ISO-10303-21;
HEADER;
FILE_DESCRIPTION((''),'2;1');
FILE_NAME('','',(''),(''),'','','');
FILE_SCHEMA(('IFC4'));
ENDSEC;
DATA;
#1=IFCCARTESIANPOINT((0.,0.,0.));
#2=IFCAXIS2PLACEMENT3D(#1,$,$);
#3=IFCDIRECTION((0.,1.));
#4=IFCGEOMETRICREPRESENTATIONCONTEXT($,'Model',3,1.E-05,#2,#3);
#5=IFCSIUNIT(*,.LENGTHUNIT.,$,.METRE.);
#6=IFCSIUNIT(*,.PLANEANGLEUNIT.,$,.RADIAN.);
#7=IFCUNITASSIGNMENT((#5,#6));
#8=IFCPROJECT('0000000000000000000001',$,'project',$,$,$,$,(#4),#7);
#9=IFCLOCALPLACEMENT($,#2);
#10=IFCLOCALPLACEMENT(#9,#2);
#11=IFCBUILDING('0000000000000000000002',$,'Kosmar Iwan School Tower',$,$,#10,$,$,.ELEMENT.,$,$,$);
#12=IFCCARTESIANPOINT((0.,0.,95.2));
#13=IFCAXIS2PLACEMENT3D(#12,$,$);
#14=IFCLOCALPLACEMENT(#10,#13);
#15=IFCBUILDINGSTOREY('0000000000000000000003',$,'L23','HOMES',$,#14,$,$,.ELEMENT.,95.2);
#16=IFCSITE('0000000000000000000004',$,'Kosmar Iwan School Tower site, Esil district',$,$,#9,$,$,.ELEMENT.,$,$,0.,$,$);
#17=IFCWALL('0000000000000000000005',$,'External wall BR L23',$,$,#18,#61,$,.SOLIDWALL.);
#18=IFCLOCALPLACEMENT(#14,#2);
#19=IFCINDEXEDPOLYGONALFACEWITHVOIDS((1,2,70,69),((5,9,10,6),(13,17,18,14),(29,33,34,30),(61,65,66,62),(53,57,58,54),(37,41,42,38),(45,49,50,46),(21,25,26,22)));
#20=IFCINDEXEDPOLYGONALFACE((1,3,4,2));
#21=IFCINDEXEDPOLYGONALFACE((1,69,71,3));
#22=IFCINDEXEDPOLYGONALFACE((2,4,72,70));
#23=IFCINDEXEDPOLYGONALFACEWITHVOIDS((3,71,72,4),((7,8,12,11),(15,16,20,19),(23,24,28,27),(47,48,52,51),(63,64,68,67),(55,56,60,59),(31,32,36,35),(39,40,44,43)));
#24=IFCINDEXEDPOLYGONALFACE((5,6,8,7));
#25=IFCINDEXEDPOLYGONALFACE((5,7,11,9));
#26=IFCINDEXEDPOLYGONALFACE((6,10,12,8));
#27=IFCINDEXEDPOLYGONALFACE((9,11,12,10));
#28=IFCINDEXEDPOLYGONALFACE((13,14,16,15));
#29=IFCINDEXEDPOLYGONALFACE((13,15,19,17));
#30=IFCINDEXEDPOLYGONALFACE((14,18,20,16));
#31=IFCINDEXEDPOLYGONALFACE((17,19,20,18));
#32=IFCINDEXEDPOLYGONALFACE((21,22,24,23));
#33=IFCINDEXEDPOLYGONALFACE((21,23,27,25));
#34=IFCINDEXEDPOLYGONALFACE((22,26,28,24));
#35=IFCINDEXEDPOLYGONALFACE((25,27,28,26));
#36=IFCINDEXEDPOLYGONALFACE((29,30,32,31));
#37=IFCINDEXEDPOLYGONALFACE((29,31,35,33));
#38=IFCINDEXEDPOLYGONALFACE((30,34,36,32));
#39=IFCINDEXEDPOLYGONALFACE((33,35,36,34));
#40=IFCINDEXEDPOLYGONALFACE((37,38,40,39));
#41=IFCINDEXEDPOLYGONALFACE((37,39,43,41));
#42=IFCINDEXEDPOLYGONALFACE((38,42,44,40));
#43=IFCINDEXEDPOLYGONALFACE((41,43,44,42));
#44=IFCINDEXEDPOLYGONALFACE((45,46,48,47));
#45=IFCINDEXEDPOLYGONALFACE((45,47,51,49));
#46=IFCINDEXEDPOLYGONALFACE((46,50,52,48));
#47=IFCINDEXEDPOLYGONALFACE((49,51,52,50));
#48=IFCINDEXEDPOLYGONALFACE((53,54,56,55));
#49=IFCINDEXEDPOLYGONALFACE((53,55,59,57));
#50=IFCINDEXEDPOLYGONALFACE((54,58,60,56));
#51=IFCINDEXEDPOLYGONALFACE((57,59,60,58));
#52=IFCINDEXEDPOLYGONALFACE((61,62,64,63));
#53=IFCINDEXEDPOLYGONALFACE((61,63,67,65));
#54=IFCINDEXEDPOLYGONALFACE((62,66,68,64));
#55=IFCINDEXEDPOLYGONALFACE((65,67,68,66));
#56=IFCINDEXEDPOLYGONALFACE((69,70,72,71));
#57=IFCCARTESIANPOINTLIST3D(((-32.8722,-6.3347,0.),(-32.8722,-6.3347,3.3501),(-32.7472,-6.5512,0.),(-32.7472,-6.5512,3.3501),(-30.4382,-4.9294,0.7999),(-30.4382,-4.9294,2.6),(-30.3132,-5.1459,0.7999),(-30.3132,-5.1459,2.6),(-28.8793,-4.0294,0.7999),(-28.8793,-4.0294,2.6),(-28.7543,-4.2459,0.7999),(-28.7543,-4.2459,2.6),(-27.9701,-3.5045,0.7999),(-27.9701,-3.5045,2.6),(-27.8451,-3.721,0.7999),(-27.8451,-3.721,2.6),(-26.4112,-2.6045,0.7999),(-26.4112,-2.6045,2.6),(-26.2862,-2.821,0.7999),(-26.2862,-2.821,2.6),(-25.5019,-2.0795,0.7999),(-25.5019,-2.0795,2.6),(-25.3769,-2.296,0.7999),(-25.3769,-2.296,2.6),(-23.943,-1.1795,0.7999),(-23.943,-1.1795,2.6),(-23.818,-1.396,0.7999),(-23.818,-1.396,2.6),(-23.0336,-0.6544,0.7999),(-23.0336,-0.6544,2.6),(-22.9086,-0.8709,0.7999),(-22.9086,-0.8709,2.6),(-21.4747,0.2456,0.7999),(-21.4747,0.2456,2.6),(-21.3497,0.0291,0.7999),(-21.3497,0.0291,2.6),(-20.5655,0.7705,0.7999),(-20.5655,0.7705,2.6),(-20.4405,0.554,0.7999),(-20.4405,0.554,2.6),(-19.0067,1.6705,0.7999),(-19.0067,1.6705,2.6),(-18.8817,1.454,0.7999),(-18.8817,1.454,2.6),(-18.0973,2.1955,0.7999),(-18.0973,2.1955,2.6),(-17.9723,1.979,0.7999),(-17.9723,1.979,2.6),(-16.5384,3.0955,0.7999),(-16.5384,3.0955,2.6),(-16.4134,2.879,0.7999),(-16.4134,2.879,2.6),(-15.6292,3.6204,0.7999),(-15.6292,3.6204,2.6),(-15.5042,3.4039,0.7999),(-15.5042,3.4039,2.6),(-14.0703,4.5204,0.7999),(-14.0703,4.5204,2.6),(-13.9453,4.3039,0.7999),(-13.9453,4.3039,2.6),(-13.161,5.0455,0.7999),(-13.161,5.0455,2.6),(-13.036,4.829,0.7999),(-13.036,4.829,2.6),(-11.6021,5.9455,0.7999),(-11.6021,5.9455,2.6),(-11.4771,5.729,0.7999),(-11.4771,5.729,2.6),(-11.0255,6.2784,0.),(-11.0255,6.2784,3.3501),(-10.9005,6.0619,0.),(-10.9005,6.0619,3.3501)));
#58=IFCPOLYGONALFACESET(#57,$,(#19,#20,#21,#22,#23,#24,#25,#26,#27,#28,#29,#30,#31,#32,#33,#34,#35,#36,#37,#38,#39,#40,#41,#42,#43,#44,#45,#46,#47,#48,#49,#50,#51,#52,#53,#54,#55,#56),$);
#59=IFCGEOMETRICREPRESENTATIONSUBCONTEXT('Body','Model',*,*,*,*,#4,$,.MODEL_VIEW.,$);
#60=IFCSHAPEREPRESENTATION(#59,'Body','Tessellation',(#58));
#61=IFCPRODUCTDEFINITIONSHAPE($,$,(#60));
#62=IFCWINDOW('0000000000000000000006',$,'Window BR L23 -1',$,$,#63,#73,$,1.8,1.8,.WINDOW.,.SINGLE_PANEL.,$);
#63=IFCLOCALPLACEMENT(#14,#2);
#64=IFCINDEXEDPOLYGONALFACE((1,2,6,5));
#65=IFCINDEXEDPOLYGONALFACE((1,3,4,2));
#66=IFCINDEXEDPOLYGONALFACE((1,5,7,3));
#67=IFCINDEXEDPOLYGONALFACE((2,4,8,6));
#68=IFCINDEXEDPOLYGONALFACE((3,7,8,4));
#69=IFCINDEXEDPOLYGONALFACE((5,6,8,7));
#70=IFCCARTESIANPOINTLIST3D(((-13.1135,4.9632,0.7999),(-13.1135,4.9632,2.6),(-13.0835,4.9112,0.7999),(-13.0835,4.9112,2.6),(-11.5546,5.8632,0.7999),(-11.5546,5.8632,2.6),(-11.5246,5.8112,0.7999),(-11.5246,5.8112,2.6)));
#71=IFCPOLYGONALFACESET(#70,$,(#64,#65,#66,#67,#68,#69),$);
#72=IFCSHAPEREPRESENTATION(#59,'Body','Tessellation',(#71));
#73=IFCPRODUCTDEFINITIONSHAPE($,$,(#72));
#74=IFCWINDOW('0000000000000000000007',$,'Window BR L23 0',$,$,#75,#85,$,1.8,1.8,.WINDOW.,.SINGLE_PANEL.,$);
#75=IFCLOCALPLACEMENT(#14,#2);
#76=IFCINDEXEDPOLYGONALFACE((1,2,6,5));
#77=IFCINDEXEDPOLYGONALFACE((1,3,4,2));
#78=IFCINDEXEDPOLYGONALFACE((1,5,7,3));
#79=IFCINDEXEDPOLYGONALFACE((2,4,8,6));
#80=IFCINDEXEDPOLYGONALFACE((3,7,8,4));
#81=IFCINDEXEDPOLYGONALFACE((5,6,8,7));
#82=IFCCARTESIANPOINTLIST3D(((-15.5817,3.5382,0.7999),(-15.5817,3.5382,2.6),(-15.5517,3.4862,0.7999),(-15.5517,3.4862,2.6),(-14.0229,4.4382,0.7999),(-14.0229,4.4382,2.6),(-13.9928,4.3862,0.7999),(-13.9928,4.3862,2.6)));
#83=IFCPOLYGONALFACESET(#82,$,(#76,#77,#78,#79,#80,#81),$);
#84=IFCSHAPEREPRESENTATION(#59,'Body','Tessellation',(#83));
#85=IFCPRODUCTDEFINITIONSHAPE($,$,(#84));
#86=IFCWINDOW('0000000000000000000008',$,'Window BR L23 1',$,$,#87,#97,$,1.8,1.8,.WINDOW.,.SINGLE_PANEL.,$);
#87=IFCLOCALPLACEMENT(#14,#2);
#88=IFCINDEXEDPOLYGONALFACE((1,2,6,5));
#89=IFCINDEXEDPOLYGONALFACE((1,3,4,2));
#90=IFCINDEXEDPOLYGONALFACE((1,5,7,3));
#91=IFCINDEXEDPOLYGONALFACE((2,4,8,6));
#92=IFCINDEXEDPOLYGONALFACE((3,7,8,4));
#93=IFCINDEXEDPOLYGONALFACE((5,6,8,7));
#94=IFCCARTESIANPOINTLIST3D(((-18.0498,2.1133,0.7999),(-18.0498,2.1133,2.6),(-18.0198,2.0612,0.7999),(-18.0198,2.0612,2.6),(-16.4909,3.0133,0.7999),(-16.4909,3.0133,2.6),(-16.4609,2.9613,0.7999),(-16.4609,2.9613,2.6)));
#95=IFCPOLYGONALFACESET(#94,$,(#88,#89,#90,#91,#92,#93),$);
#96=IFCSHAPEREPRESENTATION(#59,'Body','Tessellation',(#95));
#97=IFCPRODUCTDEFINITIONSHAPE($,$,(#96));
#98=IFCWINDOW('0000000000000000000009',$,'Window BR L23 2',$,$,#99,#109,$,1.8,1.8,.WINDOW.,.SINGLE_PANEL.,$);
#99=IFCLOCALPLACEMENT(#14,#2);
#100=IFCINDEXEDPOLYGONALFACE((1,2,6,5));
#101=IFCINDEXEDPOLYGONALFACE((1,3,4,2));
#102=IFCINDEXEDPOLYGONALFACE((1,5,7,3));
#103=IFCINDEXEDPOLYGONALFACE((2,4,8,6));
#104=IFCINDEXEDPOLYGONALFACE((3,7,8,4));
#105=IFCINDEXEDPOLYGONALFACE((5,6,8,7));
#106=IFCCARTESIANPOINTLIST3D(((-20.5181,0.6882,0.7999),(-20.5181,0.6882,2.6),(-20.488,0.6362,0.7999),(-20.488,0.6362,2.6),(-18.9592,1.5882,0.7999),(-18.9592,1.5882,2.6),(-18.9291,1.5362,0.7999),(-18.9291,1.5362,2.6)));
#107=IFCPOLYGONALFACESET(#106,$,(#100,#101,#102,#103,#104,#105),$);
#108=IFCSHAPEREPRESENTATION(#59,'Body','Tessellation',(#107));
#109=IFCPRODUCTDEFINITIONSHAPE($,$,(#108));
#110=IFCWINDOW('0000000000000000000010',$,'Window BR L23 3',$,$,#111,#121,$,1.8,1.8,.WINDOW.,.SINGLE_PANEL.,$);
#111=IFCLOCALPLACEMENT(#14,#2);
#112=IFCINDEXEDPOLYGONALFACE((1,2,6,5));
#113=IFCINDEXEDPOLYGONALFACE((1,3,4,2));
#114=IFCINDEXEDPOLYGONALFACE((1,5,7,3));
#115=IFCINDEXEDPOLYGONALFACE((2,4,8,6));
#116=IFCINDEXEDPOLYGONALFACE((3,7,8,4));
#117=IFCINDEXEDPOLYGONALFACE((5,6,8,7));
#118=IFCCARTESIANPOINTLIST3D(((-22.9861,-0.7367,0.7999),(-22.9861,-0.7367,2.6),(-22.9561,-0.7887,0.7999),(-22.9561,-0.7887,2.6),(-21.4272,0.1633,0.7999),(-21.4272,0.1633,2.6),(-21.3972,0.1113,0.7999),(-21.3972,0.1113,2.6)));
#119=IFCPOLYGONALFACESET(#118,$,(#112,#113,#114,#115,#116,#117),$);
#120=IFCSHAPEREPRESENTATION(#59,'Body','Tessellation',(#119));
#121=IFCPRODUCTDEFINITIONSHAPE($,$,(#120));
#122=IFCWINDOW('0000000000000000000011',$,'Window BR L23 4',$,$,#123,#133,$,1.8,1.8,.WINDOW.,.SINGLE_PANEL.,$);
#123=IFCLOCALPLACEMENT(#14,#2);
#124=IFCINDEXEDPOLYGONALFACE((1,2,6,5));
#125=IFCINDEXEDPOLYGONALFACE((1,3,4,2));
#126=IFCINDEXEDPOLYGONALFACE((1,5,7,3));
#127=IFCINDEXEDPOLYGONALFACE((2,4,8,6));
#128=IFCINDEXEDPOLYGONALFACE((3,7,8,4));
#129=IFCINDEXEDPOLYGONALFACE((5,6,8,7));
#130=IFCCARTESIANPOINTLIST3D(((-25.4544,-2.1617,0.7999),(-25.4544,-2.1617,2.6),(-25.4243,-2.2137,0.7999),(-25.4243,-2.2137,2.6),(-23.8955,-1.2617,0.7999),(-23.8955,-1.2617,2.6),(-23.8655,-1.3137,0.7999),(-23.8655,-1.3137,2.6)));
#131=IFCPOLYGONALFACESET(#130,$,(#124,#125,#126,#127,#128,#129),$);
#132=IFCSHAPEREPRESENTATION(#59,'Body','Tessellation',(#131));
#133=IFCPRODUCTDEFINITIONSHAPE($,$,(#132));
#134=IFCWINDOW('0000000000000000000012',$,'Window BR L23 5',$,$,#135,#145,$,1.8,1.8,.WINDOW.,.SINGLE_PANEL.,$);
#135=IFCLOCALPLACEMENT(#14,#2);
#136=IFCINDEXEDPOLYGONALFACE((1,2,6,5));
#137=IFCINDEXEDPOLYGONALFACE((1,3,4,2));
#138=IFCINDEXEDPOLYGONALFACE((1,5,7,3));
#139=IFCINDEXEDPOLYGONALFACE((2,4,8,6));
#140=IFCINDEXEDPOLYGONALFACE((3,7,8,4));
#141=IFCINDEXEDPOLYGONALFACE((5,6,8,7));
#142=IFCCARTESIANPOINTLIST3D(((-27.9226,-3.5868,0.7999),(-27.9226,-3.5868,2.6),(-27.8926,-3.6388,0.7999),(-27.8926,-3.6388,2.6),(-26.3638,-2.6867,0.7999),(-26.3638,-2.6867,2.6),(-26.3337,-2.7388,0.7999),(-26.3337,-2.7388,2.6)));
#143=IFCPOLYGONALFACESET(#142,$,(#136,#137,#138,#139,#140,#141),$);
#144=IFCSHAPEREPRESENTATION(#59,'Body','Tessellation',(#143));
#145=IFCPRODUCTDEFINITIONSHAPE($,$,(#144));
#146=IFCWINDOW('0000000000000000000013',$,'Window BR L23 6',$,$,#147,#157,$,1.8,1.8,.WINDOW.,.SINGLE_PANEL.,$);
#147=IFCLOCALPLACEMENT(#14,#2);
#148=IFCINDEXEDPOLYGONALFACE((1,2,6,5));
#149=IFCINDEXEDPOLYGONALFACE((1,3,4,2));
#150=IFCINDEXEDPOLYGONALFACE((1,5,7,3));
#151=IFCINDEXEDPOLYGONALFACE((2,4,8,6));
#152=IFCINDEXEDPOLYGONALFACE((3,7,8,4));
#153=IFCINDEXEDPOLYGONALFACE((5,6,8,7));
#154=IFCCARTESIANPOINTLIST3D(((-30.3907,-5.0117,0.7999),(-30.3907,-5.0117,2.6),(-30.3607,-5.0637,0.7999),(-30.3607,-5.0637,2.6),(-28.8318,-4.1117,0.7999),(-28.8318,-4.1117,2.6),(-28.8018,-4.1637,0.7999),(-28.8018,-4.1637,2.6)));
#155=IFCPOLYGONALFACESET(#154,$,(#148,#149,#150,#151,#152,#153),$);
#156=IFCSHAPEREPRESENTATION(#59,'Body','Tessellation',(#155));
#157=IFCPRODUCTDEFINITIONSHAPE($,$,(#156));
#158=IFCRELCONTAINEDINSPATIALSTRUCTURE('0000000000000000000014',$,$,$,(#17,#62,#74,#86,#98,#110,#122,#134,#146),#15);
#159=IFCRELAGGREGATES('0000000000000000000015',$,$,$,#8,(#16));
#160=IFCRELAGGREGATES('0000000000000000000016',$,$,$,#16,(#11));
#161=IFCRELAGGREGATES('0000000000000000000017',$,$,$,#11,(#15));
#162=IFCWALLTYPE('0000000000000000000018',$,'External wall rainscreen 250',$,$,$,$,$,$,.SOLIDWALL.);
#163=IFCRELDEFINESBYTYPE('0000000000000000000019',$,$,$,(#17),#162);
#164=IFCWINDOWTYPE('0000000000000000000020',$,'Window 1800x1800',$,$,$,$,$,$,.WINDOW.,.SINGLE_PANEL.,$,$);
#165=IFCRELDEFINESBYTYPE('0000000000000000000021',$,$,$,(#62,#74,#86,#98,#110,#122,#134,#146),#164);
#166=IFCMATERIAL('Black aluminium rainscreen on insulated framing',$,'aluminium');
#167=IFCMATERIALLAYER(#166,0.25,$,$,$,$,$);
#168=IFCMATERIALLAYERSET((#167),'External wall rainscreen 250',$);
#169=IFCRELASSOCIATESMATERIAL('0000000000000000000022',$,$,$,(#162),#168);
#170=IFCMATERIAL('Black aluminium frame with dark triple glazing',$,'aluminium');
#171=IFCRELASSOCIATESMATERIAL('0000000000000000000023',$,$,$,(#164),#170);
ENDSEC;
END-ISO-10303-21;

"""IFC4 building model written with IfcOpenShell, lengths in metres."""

from ifc_helpers import new_model, si_unit, direction, frame, frame_2d, origin, place, context, subcontext, project, spatial, rectangle, extrude, material, layer, layer_set, type_object, element, fill, save


model = new_model("IFC4")

# Units and contexts
model_context = context("Model", 3, precision=1e-05, world=origin(), true_north=direction((0.0, 1.0)))
body_context = subcontext(model_context, "Body", "Model", "MODEL_VIEW")
ifc_project = project(units=[si_unit("LENGTHUNIT", "METRE"), si_unit("PLANEANGLEUNIT", "RADIAN")], contexts=[model_context])

# Site, building, storey
site_placement = place(None, origin())
site = spatial("IfcSite", under=ifc_project, at=site_placement, Name="Kosmar Iwan School Tower site, Esil district", CompositionType="ELEMENT", RefElevation=0.0)
building_placement = place(site_placement, origin())
building = spatial("IfcBuilding", under=site, at=building_placement, Name="Kosmar Iwan School Tower", CompositionType="ELEMENT")
storey_placement = place(building_placement, frame((0.0, 0.0, 95.2)))
storey = spatial("IfcBuildingStorey", under=building, at=storey_placement, Name="L23", Description="HOMES", CompositionType="ELEMENT", Elevation=95.2)

# Wall, openings, windows
ifc_material_1 = material(Name="Black aluminium rainscreen on insulated framing", Category="aluminium")
ifc_layer = layer(ifc_material_1, 0.25)
ifc_layer_set = layer_set([ifc_layer], Name="External wall rainscreen 250")
wall_type = type_object("IfcWallType", Name="External wall rainscreen 250", PredefinedType="SOLIDWALL", material=ifc_layer_set)
ifc_material_2 = material(Name="Black aluminium frame with dark triple glazing", Category="aluminium")
window_type = type_object("IfcWindowType", Name="Window 1800x1800", PartitioningType="SINGLE_PANEL", PredefinedType="WINDOW", material=ifc_material_2)
wall_1_placement = place(storey_placement, frame((-10.9629, 6.1702, 0.0), z_axis=(0.0, 0.0, 1.0), x_axis=(-0.866028, -0.499996, 0.0)))
wall_1 = element("IfcWall", 1, at=wall_1_placement, inside=storey, type_object=wall_type, Name="External wall BR L23", PredefinedType="SOLIDWALL", context=body_context, shape_type="SweptSolid", body=[
    extrude(rectangle(XDim=25.2263, YDim=0.25, at=frame_2d((12.6133, 0.0))), origin(), (0.0, 0.0, 1.0), 3.3501),
])
opening_1_placement = place(wall_1_placement, frame((0.666, 0.0, 0.8)))
opening_1 = element("IfcOpeningElement", 2, at=opening_1_placement, cuts=wall_1, PredefinedType="OPENING", context=body_context, shape_type="SweptSolid", body=[
    extrude(rectangle(XDim=1.8, YDim=1.8, at=frame_2d((0.8999, 0.8999))), frame((0.0, 0.137, 0.0), z_axis=(0.0, -1.0, 0.0), x_axis=(1.0, 0.0, 0.0)), (0.0, 0.0, 1.0), 0.2739),
])
opening_2_placement = place(wall_1_placement, frame((3.5161, 0.0, 0.8)))
opening_2 = element("IfcOpeningElement", 3, at=opening_2_placement, cuts=wall_1, PredefinedType="OPENING", context=body_context, shape_type="SweptSolid", body=[
    extrude(rectangle(XDim=1.8, YDim=1.8, at=frame_2d((0.8999, 0.8999))), frame((0.0, 0.137, 0.0), z_axis=(0.0, -1.0, 0.0), x_axis=(1.0, 0.0, 0.0)), (0.0, 0.0, 1.0), 0.2739),
])
opening_3_placement = place(wall_1_placement, frame((6.366, 0.0, 0.8)))
opening_3 = element("IfcOpeningElement", 4, at=opening_3_placement, cuts=wall_1, PredefinedType="OPENING", context=body_context, shape_type="SweptSolid", body=[
    extrude(rectangle(XDim=1.8, YDim=1.8, at=frame_2d((0.8999, 0.8999))), frame((0.0, 0.137, 0.0), z_axis=(0.0, -1.0, 0.0), x_axis=(1.0, 0.0, 0.0)), (0.0, 0.0, 1.0), 0.2739),
])
opening_4_placement = place(wall_1_placement, frame((9.2161, 0.0, 0.8)))
opening_4 = element("IfcOpeningElement", 5, at=opening_4_placement, cuts=wall_1, PredefinedType="OPENING", context=body_context, shape_type="SweptSolid", body=[
    extrude(rectangle(XDim=1.8, YDim=1.8, at=frame_2d((0.8999, 0.8999))), frame((0.0, 0.137, 0.0), z_axis=(0.0, -1.0, 0.0), x_axis=(1.0, 0.0, 0.0)), (0.0, 0.0, 1.0), 0.2739),
])
opening_5_placement = place(wall_1_placement, frame((12.0659, 0.0, 0.8)))
opening_5 = element("IfcOpeningElement", 6, at=opening_5_placement, cuts=wall_1, PredefinedType="OPENING", context=body_context, shape_type="SweptSolid", body=[
    extrude(rectangle(XDim=1.8, YDim=1.8, at=frame_2d((0.8999, 0.8999))), frame((0.0, 0.137, 0.0), z_axis=(0.0, -1.0, 0.0), x_axis=(1.0, 0.0, 0.0)), (0.0, 0.0, 1.0), 0.2739),
])
opening_6_placement = place(wall_1_placement, frame((14.916, 0.0, 0.8)))
opening_6 = element("IfcOpeningElement", 7, at=opening_6_placement, cuts=wall_1, PredefinedType="OPENING", context=body_context, shape_type="SweptSolid", body=[
    extrude(rectangle(XDim=1.8, YDim=1.8, at=frame_2d((0.8999, 0.8999))), frame((0.0, 0.137, 0.0), z_axis=(0.0, -1.0, 0.0), x_axis=(1.0, 0.0, 0.0)), (0.0, 0.0, 1.0), 0.2739),
])
opening_7_placement = place(wall_1_placement, frame((17.7661, 0.0, 0.8)))
opening_7 = element("IfcOpeningElement", 8, at=opening_7_placement, cuts=wall_1, PredefinedType="OPENING", context=body_context, shape_type="SweptSolid", body=[
    extrude(rectangle(XDim=1.8, YDim=1.8, at=frame_2d((0.8999, 0.8999))), frame((0.0, 0.137, 0.0), z_axis=(0.0, -1.0, 0.0), x_axis=(1.0, 0.0, 0.0)), (0.0, 0.0, 1.0), 0.2739),
])
opening_8_placement = place(wall_1_placement, frame((20.616, 0.0, 0.8)))
opening_8 = element("IfcOpeningElement", 9, at=opening_8_placement, cuts=wall_1, PredefinedType="OPENING", context=body_context, shape_type="SweptSolid", body=[
    extrude(rectangle(XDim=1.8, YDim=1.8, at=frame_2d((0.8999, 0.8999))), frame((0.0, 0.137, 0.0), z_axis=(0.0, -1.0, 0.0), x_axis=(1.0, 0.0, 0.0)), (0.0, 0.0, 1.0), 0.2739),
])
window_1_placement = place(opening_1_placement, origin())
window_1 = element("IfcWindow", 10, at=window_1_placement, inside=storey, type_object=window_type, Name="Window BR L23 -1", OverallHeight=1.8, OverallWidth=1.8, PartitioningType="SINGLE_PANEL", PredefinedType="WINDOW", context=body_context, shape_type="SweptSolid", body=[
    extrude(rectangle(XDim=1.8, YDim=1.8, at=frame_2d((0.8999, 0.8999))), frame((0.0, 0.03, 0.0), z_axis=(0.0, -1.0, 0.0), x_axis=(1.0, 0.0, 0.0)), (0.0, 0.0, 1.0), 0.0601),
])
fill(opening_1, window_1)
window_2_placement = place(opening_2_placement, origin())
window_2 = element("IfcWindow", 11, at=window_2_placement, inside=storey, type_object=window_type, Name="Window BR L23 0", OverallHeight=1.8, OverallWidth=1.8, PartitioningType="SINGLE_PANEL", PredefinedType="WINDOW", context=body_context, shape_type="SweptSolid", body=[
    extrude(rectangle(XDim=1.8, YDim=1.8, at=frame_2d((0.8999, 0.8999))), frame((0.0, 0.03, 0.0), z_axis=(0.0, -1.0, 0.0), x_axis=(1.0, 0.0, 0.0)), (0.0, 0.0, 1.0), 0.0601),
])
fill(opening_2, window_2)
window_3_placement = place(opening_3_placement, origin())
window_3 = element("IfcWindow", 12, at=window_3_placement, inside=storey, type_object=window_type, Name="Window BR L23 1", OverallHeight=1.8, OverallWidth=1.8, PartitioningType="SINGLE_PANEL", PredefinedType="WINDOW", context=body_context, shape_type="SweptSolid", body=[
    extrude(rectangle(XDim=1.8, YDim=1.8, at=frame_2d((0.8999, 0.8999))), frame((0.0, 0.03, 0.0), z_axis=(0.0, -1.0, 0.0), x_axis=(1.0, 0.0, 0.0)), (0.0, 0.0, 1.0), 0.0601),
])
fill(opening_3, window_3)
window_4_placement = place(opening_4_placement, origin())
window_4 = element("IfcWindow", 13, at=window_4_placement, inside=storey, type_object=window_type, Name="Window BR L23 2", OverallHeight=1.8, OverallWidth=1.8, PartitioningType="SINGLE_PANEL", PredefinedType="WINDOW", context=body_context, shape_type="SweptSolid", body=[
    extrude(rectangle(XDim=1.8, YDim=1.8, at=frame_2d((0.8999, 0.8999))), frame((0.0, 0.03, 0.0), z_axis=(0.0, -1.0, 0.0), x_axis=(1.0, 0.0, 0.0)), (0.0, 0.0, 1.0), 0.0601),
])
fill(opening_4, window_4)
window_5_placement = place(opening_5_placement, origin())
window_5 = element("IfcWindow", 14, at=window_5_placement, inside=storey, type_object=window_type, Name="Window BR L23 3", OverallHeight=1.8, OverallWidth=1.8, PartitioningType="SINGLE_PANEL", PredefinedType="WINDOW", context=body_context, shape_type="SweptSolid", body=[
    extrude(rectangle(XDim=1.8, YDim=1.8, at=frame_2d((0.8999, 0.8999))), frame((0.0, 0.03, 0.0), z_axis=(0.0, -1.0, 0.0), x_axis=(1.0, 0.0, 0.0)), (0.0, 0.0, 1.0), 0.0601),
])
fill(opening_5, window_5)
window_6_placement = place(opening_6_placement, origin())
window_6 = element("IfcWindow", 15, at=window_6_placement, inside=storey, type_object=window_type, Name="Window BR L23 4", OverallHeight=1.8, OverallWidth=1.8, PartitioningType="SINGLE_PANEL", PredefinedType="WINDOW", context=body_context, shape_type="SweptSolid", body=[
    extrude(rectangle(XDim=1.8, YDim=1.8, at=frame_2d((0.8999, 0.8999))), frame((0.0, 0.03, 0.0), z_axis=(0.0, -1.0, 0.0), x_axis=(1.0, 0.0, 0.0)), (0.0, 0.0, 1.0), 0.0601),
])
fill(opening_6, window_6)
window_7_placement = place(opening_7_placement, origin())
window_7 = element("IfcWindow", 16, at=window_7_placement, inside=storey, type_object=window_type, Name="Window BR L23 5", OverallHeight=1.8, OverallWidth=1.8, PartitioningType="SINGLE_PANEL", PredefinedType="WINDOW", context=body_context, shape_type="SweptSolid", body=[
    extrude(rectangle(XDim=1.8, YDim=1.8, at=frame_2d((0.8999, 0.8999))), frame((0.0, 0.03, 0.0), z_axis=(0.0, -1.0, 0.0), x_axis=(1.0, 0.0, 0.0)), (0.0, 0.0, 1.0), 0.0601),
])
fill(opening_7, window_7)
window_8_placement = place(opening_8_placement, origin())
window_8 = element("IfcWindow", 17, at=window_8_placement, inside=storey, type_object=window_type, Name="Window BR L23 6", OverallHeight=1.8, OverallWidth=1.8, PartitioningType="SINGLE_PANEL", PredefinedType="WINDOW", context=body_context, shape_type="SweptSolid", body=[
    extrude(rectangle(XDim=1.8, YDim=1.8, at=frame_2d((0.8999, 0.8999))), frame((0.0, 0.03, 0.0), z_axis=(0.0, -1.0, 0.0), x_axis=(1.0, 0.0, 0.0)), (0.0, 0.0, 1.0), 0.0601),
])
fill(opening_8, window_8)

save(model, "model.ifc")
